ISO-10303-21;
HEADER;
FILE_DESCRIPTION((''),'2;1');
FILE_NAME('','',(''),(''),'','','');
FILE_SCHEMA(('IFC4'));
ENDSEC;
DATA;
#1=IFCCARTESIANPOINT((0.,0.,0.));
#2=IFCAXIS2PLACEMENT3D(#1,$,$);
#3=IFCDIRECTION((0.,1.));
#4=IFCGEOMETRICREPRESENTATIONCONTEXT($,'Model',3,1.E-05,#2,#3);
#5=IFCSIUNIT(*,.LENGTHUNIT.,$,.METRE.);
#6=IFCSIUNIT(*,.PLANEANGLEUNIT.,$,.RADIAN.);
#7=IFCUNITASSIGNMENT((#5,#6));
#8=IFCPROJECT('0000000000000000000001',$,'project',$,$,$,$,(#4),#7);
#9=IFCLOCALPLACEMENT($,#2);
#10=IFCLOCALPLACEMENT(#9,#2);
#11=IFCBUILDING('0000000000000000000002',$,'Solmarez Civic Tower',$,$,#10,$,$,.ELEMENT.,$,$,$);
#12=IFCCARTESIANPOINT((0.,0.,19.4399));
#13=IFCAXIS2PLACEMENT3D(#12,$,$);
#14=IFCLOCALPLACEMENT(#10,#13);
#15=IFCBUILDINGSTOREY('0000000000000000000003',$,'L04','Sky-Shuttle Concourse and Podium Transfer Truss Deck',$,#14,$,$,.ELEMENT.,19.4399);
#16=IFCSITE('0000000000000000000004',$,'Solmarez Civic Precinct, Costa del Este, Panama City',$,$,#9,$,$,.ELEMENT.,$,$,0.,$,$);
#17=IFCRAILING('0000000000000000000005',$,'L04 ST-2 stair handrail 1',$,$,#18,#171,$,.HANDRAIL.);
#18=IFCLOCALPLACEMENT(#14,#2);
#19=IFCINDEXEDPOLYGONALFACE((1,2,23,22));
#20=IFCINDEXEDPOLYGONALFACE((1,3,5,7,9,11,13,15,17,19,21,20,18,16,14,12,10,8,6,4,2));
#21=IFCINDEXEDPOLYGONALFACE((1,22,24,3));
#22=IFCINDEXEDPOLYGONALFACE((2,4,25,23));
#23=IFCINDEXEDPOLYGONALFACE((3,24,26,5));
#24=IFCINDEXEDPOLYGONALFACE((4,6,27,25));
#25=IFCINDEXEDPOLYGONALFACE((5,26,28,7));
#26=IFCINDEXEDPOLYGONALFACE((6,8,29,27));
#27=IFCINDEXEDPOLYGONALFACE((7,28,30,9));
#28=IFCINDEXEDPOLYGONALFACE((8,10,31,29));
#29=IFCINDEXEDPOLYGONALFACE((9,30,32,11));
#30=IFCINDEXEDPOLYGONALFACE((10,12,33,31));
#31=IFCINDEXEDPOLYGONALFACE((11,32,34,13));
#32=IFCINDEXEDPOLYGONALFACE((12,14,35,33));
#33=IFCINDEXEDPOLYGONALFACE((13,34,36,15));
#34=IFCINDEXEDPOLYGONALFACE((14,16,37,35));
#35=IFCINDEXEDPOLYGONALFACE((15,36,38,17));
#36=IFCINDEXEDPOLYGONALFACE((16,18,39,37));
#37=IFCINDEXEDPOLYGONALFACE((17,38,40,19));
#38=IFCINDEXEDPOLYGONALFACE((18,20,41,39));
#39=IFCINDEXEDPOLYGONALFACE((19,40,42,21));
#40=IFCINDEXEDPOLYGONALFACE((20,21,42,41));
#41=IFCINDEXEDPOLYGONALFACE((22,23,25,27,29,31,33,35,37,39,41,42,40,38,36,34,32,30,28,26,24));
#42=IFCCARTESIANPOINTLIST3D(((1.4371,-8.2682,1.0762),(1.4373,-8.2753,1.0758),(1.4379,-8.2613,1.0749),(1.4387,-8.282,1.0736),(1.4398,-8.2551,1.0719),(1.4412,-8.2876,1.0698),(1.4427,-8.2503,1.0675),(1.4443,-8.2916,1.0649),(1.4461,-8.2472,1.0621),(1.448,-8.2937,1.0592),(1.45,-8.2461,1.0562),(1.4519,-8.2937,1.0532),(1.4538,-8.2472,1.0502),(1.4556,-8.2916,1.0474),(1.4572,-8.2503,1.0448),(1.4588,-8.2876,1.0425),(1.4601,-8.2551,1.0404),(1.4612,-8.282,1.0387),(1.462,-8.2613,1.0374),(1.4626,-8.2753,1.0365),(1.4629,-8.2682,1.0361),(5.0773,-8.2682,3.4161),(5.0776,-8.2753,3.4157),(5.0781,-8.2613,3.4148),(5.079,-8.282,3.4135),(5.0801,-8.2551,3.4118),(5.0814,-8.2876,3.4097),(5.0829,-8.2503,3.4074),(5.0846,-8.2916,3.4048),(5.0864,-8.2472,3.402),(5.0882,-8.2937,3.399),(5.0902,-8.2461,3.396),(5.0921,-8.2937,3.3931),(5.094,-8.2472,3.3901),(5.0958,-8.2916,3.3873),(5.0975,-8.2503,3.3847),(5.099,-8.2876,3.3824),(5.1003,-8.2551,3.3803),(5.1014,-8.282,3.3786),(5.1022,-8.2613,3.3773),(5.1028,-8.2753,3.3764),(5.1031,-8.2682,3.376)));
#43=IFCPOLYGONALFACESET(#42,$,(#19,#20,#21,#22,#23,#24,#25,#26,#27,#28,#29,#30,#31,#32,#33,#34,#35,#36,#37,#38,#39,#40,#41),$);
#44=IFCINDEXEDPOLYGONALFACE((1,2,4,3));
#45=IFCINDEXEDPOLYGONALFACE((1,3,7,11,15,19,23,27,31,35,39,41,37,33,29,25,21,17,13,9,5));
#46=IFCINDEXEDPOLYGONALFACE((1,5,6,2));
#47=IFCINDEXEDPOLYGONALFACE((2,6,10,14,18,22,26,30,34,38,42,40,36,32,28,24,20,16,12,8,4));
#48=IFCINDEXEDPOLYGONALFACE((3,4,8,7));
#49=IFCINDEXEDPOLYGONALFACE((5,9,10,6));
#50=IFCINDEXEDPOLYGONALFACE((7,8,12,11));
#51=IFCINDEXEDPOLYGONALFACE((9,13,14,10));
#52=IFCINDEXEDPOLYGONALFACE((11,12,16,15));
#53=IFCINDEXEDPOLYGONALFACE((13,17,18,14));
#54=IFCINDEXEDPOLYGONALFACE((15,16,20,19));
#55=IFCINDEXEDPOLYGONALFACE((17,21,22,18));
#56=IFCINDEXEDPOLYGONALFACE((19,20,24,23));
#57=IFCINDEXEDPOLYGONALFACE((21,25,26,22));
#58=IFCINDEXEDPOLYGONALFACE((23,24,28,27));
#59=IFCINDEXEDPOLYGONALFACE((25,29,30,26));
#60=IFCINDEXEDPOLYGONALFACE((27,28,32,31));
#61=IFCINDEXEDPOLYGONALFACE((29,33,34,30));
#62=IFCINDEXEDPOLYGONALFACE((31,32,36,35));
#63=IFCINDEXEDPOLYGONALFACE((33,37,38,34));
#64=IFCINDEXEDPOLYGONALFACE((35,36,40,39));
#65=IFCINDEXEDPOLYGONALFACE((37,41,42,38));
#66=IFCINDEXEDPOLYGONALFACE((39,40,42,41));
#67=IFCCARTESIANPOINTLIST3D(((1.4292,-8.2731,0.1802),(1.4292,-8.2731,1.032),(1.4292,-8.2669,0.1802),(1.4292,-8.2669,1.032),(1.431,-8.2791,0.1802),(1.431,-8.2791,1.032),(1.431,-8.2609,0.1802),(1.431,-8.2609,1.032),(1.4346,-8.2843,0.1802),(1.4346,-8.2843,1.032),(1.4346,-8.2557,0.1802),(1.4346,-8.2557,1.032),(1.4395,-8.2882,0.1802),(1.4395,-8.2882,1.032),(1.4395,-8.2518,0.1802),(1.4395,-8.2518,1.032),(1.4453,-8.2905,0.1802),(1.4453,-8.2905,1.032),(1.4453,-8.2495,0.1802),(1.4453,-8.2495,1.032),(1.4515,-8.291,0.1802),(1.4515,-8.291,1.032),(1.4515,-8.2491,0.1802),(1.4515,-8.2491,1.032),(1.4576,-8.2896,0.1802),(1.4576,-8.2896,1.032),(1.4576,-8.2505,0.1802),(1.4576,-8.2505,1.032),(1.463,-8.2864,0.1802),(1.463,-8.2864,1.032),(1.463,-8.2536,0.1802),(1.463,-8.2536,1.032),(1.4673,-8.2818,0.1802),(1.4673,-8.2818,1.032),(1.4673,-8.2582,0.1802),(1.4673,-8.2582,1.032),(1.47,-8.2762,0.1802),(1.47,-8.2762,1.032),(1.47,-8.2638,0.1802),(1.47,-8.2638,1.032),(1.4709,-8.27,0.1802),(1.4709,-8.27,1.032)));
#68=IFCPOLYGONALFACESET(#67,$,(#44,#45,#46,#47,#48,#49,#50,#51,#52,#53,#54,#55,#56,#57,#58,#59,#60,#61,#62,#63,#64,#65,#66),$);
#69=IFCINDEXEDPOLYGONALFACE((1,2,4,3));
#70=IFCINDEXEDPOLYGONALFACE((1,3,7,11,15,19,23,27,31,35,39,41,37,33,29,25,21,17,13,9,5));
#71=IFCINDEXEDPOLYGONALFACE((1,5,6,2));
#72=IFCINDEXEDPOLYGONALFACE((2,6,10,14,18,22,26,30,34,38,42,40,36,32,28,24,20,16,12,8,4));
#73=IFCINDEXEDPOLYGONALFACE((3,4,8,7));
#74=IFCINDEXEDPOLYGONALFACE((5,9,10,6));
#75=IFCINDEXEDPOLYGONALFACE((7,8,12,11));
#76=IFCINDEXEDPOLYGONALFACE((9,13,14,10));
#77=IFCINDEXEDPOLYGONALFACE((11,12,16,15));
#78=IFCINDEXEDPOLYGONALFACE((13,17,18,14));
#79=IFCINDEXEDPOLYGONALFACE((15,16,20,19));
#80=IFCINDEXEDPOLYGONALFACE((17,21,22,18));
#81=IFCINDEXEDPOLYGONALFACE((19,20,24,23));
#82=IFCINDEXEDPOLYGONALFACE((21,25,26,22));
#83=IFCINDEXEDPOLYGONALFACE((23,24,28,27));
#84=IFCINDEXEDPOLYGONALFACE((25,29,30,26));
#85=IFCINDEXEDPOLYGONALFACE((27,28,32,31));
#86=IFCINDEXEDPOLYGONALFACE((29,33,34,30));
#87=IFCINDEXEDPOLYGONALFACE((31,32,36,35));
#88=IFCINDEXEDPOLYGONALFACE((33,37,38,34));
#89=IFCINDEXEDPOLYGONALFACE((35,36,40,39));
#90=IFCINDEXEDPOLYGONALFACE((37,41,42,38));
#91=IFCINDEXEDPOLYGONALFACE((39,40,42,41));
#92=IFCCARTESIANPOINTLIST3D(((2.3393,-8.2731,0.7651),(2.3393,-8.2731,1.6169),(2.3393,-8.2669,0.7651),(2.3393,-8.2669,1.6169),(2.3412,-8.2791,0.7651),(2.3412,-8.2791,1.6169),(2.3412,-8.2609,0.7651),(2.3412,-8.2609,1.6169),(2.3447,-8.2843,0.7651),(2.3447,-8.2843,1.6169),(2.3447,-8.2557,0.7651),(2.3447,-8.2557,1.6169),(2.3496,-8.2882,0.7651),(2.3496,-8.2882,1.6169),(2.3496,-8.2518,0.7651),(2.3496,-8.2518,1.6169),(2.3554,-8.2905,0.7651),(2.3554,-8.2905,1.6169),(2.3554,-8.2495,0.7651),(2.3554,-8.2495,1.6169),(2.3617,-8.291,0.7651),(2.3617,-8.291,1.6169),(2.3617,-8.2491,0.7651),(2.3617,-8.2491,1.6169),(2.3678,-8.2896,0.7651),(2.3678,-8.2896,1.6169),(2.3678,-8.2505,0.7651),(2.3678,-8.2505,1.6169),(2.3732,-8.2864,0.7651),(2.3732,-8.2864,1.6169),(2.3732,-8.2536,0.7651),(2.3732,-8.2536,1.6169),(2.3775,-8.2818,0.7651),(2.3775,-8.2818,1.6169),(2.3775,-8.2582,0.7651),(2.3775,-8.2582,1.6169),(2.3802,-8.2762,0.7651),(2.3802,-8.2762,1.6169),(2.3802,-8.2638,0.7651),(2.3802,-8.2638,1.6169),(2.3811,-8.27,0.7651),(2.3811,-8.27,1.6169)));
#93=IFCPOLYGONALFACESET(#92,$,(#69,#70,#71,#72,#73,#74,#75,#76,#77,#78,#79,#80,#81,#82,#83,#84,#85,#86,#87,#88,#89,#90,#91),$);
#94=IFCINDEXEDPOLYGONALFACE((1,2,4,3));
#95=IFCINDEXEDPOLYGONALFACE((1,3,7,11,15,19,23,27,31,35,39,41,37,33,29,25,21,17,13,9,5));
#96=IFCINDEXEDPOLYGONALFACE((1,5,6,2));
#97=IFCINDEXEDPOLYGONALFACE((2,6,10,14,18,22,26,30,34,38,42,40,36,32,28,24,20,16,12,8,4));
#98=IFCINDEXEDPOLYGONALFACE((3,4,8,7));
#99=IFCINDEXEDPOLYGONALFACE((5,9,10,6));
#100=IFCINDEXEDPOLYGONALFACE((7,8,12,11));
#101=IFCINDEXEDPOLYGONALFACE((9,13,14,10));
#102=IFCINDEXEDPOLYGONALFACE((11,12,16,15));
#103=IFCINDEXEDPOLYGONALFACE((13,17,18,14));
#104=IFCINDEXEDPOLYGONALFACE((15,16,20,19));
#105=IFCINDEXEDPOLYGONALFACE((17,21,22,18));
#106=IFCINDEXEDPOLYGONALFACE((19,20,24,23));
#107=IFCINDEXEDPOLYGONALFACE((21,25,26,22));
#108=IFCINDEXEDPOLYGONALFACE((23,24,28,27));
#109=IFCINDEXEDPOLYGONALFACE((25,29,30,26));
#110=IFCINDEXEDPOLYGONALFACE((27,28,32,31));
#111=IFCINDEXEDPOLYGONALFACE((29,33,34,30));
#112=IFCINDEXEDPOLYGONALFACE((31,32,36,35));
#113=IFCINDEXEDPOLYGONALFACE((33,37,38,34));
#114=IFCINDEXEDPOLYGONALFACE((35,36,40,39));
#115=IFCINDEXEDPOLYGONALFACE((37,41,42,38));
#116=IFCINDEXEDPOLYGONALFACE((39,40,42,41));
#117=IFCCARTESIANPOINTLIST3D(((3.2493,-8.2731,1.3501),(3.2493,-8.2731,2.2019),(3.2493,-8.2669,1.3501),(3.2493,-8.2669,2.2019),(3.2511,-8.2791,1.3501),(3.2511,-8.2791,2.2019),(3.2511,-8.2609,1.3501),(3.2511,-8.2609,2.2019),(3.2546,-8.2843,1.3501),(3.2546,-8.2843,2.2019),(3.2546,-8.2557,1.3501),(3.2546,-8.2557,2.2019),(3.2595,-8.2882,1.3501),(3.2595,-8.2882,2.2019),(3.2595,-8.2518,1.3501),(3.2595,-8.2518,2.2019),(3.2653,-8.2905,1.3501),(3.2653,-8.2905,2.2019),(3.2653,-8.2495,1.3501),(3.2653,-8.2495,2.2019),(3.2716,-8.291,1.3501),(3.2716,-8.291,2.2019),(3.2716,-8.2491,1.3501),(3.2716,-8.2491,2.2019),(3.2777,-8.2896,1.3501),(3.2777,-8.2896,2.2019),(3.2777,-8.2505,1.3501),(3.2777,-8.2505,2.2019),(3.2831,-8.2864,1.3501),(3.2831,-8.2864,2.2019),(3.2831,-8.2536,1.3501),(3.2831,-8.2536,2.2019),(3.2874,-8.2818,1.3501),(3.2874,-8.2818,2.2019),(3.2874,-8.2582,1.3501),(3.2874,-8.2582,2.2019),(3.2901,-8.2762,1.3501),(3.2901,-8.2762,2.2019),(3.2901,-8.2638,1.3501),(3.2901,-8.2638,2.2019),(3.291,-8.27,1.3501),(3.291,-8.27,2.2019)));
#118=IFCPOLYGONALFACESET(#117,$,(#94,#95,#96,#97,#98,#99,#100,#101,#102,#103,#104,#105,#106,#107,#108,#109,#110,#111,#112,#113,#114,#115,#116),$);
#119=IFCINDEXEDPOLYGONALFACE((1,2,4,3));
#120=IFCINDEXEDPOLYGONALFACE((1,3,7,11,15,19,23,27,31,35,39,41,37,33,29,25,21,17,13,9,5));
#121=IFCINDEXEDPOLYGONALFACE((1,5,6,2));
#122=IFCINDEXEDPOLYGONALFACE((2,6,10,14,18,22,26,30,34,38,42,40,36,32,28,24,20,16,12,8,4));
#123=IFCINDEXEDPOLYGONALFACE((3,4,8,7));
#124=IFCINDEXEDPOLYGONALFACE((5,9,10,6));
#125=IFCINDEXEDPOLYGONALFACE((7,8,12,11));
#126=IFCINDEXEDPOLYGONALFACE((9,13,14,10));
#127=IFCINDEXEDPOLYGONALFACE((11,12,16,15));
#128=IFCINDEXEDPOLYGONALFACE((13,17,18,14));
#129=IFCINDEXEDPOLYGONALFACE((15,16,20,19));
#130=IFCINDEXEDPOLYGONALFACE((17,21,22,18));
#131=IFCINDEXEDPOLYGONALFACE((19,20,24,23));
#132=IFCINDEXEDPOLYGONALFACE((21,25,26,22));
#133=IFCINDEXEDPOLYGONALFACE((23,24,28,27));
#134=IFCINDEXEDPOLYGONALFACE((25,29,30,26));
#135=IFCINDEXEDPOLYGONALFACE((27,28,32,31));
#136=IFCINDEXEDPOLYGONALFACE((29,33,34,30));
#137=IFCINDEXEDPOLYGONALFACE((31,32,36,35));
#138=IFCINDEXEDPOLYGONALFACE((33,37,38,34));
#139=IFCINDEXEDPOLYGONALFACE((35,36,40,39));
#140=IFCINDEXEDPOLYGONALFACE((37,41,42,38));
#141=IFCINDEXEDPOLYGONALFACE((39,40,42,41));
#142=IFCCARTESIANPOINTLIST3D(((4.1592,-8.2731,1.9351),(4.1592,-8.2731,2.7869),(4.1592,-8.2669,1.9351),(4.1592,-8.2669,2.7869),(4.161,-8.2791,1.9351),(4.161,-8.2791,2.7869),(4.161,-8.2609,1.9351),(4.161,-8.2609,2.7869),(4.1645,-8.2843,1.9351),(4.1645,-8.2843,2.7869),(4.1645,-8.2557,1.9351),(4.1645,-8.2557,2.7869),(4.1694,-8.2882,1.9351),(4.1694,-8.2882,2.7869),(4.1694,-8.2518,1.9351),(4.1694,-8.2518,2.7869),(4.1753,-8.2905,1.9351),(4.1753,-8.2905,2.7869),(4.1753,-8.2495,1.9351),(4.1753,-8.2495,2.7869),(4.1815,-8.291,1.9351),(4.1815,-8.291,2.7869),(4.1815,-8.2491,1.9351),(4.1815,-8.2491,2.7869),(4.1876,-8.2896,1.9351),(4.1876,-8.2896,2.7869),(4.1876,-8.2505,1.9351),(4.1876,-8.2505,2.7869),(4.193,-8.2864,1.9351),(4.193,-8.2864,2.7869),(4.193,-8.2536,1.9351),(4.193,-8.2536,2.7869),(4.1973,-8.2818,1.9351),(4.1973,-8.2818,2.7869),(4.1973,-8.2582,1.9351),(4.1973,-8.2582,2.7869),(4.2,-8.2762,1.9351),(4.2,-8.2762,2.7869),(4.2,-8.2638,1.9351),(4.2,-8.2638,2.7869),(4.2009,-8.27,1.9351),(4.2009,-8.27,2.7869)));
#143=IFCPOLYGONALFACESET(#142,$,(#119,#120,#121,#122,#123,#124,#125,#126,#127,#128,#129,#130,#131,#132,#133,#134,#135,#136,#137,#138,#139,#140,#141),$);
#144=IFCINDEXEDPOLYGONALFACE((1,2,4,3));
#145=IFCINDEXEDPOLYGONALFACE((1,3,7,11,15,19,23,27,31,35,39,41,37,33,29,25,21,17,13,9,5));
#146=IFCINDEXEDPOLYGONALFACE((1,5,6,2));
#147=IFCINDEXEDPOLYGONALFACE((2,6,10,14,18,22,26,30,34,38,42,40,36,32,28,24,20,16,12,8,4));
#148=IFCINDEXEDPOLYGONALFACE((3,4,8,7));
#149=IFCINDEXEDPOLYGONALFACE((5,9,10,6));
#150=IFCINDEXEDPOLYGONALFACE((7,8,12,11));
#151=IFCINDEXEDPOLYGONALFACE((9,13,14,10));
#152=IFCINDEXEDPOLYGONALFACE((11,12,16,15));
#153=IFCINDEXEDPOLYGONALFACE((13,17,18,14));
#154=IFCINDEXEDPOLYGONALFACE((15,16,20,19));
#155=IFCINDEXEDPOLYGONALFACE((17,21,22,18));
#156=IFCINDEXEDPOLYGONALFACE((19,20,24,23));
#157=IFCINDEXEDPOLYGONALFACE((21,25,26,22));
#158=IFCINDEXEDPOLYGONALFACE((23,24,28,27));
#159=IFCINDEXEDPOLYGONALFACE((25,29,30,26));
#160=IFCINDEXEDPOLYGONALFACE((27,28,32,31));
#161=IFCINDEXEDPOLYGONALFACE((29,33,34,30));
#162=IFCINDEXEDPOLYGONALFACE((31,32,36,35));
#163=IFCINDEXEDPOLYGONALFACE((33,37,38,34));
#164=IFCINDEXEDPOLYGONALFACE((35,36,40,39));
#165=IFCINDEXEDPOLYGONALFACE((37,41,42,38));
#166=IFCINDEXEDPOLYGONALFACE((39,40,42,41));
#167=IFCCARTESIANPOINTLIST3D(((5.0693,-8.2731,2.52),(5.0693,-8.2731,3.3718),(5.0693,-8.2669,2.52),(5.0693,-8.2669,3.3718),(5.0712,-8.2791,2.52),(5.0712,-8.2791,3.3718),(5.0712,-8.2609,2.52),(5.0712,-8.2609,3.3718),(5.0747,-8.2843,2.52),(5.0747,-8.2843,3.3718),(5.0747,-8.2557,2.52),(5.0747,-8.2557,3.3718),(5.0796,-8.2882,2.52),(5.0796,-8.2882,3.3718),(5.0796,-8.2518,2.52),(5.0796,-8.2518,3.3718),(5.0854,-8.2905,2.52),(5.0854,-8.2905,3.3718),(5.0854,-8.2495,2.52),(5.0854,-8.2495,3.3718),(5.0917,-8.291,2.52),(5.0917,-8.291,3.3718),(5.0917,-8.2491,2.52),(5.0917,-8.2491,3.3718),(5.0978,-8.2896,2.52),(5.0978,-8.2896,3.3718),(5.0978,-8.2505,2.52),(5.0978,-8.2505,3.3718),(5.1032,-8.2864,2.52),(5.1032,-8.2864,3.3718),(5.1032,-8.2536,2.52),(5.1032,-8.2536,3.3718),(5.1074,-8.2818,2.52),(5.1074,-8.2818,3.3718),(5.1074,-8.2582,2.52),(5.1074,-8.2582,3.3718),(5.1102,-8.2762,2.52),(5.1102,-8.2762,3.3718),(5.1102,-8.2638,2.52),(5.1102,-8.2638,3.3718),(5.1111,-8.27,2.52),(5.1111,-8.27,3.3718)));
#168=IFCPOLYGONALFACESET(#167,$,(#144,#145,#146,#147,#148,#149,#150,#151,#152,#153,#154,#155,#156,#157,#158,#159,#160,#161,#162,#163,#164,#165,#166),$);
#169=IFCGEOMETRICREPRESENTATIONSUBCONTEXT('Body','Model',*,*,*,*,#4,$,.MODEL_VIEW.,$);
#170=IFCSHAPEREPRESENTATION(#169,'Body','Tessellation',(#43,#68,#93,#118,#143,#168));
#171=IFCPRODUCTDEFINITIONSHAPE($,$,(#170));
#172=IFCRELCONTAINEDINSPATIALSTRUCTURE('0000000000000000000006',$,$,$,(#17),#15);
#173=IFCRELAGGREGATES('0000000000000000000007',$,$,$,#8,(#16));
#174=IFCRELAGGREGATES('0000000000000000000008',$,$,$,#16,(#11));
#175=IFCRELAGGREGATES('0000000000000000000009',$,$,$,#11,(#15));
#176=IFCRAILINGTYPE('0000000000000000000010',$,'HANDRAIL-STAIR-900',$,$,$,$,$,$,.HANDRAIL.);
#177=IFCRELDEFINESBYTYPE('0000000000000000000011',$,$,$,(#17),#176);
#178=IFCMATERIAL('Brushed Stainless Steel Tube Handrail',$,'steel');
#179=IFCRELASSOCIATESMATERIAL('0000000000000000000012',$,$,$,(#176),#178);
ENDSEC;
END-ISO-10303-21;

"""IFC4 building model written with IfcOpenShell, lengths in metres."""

from ifc_helpers import new_model, si_unit, direction, frame, origin, origin_2d, place, context, subcontext, project, spatial, circle, extrude, material, type_object, element, save


model = new_model("IFC4")

# Units and contexts
model_context = context("Model", 3, precision=1e-05, world=origin(), true_north=direction((0.0, 1.0)))
body_context = subcontext(model_context, "Body", "Model", "MODEL_VIEW")
ifc_project = project(units=[si_unit("LENGTHUNIT", "METRE"), si_unit("PLANEANGLEUNIT", "RADIAN")], contexts=[model_context])

# Site, building, storey
site_placement = place(None, origin())
site = spatial("IfcSite", under=ifc_project, at=site_placement, Name="Solmarez Civic Precinct, Costa del Este, Panama City", CompositionType="ELEMENT", RefElevation=0.0)
building_placement = place(site_placement, origin())
building = spatial("IfcBuilding", under=site, at=building_placement, Name="Solmarez Civic Tower", CompositionType="ELEMENT")
storey_placement = place(building_placement, frame((0.0, 0.0, 19.4399)))
storey = spatial("IfcBuildingStorey", under=building, at=storey_placement, Name="L04", Description="Sky-Shuttle Concourse and Podium Transfer Truss Deck", CompositionType="ELEMENT", Elevation=19.4399)

# Railing
ifc_material_1 = material(Name="Brushed Stainless Steel Tube Handrail", Category="steel")
railing_type_1 = type_object("IfcRailingType", Name="HANDRAIL-STAIR-900", PredefinedType="HANDRAIL", material=ifc_material_1)
railing_1_placement = place(storey_placement, frame((1.45, -8.27, 0.1802)))
element("IfcRailing", 1, at=railing_1_placement, inside=storey, type_object=railing_type_1, Name="L04 ST-2 stair handrail 1", PredefinedType="HANDRAIL", context=body_context, shape_type="SweptSolid", body=[
    extrude(circle(Radius=0.0239, at=origin_2d()), frame((0.0, 0.0, 0.876), z_axis=(0.841204, 0.0, 0.540718), x_axis=(0.0, 1.0, 0.0)), (0.0, 0.0, 1.0), 4.3274),
    extrude(circle(Radius=0.021, at=origin_2d()), origin(), (0.0, 0.0, 1.0), 0.8518),
    extrude(circle(Radius=0.021, at=origin_2d()), frame((0.9102, 0.0, 0.585)), (0.0, 0.0, 1.0), 0.8518),
    extrude(circle(Radius=0.021, at=origin_2d()), frame((1.8201, 0.0, 1.1699)), (0.0, 0.0, 1.0), 0.8518),
    extrude(circle(Radius=0.021, at=origin_2d()), frame((2.73, 0.0, 1.7549)), (0.0, 0.0, 1.0), 0.8518),
    extrude(circle(Radius=0.021, at=origin_2d()), frame((3.6401, 0.0, 2.3398)), (0.0, 0.0, 1.0), 0.8518),
])

save(model, "model.ifc")
